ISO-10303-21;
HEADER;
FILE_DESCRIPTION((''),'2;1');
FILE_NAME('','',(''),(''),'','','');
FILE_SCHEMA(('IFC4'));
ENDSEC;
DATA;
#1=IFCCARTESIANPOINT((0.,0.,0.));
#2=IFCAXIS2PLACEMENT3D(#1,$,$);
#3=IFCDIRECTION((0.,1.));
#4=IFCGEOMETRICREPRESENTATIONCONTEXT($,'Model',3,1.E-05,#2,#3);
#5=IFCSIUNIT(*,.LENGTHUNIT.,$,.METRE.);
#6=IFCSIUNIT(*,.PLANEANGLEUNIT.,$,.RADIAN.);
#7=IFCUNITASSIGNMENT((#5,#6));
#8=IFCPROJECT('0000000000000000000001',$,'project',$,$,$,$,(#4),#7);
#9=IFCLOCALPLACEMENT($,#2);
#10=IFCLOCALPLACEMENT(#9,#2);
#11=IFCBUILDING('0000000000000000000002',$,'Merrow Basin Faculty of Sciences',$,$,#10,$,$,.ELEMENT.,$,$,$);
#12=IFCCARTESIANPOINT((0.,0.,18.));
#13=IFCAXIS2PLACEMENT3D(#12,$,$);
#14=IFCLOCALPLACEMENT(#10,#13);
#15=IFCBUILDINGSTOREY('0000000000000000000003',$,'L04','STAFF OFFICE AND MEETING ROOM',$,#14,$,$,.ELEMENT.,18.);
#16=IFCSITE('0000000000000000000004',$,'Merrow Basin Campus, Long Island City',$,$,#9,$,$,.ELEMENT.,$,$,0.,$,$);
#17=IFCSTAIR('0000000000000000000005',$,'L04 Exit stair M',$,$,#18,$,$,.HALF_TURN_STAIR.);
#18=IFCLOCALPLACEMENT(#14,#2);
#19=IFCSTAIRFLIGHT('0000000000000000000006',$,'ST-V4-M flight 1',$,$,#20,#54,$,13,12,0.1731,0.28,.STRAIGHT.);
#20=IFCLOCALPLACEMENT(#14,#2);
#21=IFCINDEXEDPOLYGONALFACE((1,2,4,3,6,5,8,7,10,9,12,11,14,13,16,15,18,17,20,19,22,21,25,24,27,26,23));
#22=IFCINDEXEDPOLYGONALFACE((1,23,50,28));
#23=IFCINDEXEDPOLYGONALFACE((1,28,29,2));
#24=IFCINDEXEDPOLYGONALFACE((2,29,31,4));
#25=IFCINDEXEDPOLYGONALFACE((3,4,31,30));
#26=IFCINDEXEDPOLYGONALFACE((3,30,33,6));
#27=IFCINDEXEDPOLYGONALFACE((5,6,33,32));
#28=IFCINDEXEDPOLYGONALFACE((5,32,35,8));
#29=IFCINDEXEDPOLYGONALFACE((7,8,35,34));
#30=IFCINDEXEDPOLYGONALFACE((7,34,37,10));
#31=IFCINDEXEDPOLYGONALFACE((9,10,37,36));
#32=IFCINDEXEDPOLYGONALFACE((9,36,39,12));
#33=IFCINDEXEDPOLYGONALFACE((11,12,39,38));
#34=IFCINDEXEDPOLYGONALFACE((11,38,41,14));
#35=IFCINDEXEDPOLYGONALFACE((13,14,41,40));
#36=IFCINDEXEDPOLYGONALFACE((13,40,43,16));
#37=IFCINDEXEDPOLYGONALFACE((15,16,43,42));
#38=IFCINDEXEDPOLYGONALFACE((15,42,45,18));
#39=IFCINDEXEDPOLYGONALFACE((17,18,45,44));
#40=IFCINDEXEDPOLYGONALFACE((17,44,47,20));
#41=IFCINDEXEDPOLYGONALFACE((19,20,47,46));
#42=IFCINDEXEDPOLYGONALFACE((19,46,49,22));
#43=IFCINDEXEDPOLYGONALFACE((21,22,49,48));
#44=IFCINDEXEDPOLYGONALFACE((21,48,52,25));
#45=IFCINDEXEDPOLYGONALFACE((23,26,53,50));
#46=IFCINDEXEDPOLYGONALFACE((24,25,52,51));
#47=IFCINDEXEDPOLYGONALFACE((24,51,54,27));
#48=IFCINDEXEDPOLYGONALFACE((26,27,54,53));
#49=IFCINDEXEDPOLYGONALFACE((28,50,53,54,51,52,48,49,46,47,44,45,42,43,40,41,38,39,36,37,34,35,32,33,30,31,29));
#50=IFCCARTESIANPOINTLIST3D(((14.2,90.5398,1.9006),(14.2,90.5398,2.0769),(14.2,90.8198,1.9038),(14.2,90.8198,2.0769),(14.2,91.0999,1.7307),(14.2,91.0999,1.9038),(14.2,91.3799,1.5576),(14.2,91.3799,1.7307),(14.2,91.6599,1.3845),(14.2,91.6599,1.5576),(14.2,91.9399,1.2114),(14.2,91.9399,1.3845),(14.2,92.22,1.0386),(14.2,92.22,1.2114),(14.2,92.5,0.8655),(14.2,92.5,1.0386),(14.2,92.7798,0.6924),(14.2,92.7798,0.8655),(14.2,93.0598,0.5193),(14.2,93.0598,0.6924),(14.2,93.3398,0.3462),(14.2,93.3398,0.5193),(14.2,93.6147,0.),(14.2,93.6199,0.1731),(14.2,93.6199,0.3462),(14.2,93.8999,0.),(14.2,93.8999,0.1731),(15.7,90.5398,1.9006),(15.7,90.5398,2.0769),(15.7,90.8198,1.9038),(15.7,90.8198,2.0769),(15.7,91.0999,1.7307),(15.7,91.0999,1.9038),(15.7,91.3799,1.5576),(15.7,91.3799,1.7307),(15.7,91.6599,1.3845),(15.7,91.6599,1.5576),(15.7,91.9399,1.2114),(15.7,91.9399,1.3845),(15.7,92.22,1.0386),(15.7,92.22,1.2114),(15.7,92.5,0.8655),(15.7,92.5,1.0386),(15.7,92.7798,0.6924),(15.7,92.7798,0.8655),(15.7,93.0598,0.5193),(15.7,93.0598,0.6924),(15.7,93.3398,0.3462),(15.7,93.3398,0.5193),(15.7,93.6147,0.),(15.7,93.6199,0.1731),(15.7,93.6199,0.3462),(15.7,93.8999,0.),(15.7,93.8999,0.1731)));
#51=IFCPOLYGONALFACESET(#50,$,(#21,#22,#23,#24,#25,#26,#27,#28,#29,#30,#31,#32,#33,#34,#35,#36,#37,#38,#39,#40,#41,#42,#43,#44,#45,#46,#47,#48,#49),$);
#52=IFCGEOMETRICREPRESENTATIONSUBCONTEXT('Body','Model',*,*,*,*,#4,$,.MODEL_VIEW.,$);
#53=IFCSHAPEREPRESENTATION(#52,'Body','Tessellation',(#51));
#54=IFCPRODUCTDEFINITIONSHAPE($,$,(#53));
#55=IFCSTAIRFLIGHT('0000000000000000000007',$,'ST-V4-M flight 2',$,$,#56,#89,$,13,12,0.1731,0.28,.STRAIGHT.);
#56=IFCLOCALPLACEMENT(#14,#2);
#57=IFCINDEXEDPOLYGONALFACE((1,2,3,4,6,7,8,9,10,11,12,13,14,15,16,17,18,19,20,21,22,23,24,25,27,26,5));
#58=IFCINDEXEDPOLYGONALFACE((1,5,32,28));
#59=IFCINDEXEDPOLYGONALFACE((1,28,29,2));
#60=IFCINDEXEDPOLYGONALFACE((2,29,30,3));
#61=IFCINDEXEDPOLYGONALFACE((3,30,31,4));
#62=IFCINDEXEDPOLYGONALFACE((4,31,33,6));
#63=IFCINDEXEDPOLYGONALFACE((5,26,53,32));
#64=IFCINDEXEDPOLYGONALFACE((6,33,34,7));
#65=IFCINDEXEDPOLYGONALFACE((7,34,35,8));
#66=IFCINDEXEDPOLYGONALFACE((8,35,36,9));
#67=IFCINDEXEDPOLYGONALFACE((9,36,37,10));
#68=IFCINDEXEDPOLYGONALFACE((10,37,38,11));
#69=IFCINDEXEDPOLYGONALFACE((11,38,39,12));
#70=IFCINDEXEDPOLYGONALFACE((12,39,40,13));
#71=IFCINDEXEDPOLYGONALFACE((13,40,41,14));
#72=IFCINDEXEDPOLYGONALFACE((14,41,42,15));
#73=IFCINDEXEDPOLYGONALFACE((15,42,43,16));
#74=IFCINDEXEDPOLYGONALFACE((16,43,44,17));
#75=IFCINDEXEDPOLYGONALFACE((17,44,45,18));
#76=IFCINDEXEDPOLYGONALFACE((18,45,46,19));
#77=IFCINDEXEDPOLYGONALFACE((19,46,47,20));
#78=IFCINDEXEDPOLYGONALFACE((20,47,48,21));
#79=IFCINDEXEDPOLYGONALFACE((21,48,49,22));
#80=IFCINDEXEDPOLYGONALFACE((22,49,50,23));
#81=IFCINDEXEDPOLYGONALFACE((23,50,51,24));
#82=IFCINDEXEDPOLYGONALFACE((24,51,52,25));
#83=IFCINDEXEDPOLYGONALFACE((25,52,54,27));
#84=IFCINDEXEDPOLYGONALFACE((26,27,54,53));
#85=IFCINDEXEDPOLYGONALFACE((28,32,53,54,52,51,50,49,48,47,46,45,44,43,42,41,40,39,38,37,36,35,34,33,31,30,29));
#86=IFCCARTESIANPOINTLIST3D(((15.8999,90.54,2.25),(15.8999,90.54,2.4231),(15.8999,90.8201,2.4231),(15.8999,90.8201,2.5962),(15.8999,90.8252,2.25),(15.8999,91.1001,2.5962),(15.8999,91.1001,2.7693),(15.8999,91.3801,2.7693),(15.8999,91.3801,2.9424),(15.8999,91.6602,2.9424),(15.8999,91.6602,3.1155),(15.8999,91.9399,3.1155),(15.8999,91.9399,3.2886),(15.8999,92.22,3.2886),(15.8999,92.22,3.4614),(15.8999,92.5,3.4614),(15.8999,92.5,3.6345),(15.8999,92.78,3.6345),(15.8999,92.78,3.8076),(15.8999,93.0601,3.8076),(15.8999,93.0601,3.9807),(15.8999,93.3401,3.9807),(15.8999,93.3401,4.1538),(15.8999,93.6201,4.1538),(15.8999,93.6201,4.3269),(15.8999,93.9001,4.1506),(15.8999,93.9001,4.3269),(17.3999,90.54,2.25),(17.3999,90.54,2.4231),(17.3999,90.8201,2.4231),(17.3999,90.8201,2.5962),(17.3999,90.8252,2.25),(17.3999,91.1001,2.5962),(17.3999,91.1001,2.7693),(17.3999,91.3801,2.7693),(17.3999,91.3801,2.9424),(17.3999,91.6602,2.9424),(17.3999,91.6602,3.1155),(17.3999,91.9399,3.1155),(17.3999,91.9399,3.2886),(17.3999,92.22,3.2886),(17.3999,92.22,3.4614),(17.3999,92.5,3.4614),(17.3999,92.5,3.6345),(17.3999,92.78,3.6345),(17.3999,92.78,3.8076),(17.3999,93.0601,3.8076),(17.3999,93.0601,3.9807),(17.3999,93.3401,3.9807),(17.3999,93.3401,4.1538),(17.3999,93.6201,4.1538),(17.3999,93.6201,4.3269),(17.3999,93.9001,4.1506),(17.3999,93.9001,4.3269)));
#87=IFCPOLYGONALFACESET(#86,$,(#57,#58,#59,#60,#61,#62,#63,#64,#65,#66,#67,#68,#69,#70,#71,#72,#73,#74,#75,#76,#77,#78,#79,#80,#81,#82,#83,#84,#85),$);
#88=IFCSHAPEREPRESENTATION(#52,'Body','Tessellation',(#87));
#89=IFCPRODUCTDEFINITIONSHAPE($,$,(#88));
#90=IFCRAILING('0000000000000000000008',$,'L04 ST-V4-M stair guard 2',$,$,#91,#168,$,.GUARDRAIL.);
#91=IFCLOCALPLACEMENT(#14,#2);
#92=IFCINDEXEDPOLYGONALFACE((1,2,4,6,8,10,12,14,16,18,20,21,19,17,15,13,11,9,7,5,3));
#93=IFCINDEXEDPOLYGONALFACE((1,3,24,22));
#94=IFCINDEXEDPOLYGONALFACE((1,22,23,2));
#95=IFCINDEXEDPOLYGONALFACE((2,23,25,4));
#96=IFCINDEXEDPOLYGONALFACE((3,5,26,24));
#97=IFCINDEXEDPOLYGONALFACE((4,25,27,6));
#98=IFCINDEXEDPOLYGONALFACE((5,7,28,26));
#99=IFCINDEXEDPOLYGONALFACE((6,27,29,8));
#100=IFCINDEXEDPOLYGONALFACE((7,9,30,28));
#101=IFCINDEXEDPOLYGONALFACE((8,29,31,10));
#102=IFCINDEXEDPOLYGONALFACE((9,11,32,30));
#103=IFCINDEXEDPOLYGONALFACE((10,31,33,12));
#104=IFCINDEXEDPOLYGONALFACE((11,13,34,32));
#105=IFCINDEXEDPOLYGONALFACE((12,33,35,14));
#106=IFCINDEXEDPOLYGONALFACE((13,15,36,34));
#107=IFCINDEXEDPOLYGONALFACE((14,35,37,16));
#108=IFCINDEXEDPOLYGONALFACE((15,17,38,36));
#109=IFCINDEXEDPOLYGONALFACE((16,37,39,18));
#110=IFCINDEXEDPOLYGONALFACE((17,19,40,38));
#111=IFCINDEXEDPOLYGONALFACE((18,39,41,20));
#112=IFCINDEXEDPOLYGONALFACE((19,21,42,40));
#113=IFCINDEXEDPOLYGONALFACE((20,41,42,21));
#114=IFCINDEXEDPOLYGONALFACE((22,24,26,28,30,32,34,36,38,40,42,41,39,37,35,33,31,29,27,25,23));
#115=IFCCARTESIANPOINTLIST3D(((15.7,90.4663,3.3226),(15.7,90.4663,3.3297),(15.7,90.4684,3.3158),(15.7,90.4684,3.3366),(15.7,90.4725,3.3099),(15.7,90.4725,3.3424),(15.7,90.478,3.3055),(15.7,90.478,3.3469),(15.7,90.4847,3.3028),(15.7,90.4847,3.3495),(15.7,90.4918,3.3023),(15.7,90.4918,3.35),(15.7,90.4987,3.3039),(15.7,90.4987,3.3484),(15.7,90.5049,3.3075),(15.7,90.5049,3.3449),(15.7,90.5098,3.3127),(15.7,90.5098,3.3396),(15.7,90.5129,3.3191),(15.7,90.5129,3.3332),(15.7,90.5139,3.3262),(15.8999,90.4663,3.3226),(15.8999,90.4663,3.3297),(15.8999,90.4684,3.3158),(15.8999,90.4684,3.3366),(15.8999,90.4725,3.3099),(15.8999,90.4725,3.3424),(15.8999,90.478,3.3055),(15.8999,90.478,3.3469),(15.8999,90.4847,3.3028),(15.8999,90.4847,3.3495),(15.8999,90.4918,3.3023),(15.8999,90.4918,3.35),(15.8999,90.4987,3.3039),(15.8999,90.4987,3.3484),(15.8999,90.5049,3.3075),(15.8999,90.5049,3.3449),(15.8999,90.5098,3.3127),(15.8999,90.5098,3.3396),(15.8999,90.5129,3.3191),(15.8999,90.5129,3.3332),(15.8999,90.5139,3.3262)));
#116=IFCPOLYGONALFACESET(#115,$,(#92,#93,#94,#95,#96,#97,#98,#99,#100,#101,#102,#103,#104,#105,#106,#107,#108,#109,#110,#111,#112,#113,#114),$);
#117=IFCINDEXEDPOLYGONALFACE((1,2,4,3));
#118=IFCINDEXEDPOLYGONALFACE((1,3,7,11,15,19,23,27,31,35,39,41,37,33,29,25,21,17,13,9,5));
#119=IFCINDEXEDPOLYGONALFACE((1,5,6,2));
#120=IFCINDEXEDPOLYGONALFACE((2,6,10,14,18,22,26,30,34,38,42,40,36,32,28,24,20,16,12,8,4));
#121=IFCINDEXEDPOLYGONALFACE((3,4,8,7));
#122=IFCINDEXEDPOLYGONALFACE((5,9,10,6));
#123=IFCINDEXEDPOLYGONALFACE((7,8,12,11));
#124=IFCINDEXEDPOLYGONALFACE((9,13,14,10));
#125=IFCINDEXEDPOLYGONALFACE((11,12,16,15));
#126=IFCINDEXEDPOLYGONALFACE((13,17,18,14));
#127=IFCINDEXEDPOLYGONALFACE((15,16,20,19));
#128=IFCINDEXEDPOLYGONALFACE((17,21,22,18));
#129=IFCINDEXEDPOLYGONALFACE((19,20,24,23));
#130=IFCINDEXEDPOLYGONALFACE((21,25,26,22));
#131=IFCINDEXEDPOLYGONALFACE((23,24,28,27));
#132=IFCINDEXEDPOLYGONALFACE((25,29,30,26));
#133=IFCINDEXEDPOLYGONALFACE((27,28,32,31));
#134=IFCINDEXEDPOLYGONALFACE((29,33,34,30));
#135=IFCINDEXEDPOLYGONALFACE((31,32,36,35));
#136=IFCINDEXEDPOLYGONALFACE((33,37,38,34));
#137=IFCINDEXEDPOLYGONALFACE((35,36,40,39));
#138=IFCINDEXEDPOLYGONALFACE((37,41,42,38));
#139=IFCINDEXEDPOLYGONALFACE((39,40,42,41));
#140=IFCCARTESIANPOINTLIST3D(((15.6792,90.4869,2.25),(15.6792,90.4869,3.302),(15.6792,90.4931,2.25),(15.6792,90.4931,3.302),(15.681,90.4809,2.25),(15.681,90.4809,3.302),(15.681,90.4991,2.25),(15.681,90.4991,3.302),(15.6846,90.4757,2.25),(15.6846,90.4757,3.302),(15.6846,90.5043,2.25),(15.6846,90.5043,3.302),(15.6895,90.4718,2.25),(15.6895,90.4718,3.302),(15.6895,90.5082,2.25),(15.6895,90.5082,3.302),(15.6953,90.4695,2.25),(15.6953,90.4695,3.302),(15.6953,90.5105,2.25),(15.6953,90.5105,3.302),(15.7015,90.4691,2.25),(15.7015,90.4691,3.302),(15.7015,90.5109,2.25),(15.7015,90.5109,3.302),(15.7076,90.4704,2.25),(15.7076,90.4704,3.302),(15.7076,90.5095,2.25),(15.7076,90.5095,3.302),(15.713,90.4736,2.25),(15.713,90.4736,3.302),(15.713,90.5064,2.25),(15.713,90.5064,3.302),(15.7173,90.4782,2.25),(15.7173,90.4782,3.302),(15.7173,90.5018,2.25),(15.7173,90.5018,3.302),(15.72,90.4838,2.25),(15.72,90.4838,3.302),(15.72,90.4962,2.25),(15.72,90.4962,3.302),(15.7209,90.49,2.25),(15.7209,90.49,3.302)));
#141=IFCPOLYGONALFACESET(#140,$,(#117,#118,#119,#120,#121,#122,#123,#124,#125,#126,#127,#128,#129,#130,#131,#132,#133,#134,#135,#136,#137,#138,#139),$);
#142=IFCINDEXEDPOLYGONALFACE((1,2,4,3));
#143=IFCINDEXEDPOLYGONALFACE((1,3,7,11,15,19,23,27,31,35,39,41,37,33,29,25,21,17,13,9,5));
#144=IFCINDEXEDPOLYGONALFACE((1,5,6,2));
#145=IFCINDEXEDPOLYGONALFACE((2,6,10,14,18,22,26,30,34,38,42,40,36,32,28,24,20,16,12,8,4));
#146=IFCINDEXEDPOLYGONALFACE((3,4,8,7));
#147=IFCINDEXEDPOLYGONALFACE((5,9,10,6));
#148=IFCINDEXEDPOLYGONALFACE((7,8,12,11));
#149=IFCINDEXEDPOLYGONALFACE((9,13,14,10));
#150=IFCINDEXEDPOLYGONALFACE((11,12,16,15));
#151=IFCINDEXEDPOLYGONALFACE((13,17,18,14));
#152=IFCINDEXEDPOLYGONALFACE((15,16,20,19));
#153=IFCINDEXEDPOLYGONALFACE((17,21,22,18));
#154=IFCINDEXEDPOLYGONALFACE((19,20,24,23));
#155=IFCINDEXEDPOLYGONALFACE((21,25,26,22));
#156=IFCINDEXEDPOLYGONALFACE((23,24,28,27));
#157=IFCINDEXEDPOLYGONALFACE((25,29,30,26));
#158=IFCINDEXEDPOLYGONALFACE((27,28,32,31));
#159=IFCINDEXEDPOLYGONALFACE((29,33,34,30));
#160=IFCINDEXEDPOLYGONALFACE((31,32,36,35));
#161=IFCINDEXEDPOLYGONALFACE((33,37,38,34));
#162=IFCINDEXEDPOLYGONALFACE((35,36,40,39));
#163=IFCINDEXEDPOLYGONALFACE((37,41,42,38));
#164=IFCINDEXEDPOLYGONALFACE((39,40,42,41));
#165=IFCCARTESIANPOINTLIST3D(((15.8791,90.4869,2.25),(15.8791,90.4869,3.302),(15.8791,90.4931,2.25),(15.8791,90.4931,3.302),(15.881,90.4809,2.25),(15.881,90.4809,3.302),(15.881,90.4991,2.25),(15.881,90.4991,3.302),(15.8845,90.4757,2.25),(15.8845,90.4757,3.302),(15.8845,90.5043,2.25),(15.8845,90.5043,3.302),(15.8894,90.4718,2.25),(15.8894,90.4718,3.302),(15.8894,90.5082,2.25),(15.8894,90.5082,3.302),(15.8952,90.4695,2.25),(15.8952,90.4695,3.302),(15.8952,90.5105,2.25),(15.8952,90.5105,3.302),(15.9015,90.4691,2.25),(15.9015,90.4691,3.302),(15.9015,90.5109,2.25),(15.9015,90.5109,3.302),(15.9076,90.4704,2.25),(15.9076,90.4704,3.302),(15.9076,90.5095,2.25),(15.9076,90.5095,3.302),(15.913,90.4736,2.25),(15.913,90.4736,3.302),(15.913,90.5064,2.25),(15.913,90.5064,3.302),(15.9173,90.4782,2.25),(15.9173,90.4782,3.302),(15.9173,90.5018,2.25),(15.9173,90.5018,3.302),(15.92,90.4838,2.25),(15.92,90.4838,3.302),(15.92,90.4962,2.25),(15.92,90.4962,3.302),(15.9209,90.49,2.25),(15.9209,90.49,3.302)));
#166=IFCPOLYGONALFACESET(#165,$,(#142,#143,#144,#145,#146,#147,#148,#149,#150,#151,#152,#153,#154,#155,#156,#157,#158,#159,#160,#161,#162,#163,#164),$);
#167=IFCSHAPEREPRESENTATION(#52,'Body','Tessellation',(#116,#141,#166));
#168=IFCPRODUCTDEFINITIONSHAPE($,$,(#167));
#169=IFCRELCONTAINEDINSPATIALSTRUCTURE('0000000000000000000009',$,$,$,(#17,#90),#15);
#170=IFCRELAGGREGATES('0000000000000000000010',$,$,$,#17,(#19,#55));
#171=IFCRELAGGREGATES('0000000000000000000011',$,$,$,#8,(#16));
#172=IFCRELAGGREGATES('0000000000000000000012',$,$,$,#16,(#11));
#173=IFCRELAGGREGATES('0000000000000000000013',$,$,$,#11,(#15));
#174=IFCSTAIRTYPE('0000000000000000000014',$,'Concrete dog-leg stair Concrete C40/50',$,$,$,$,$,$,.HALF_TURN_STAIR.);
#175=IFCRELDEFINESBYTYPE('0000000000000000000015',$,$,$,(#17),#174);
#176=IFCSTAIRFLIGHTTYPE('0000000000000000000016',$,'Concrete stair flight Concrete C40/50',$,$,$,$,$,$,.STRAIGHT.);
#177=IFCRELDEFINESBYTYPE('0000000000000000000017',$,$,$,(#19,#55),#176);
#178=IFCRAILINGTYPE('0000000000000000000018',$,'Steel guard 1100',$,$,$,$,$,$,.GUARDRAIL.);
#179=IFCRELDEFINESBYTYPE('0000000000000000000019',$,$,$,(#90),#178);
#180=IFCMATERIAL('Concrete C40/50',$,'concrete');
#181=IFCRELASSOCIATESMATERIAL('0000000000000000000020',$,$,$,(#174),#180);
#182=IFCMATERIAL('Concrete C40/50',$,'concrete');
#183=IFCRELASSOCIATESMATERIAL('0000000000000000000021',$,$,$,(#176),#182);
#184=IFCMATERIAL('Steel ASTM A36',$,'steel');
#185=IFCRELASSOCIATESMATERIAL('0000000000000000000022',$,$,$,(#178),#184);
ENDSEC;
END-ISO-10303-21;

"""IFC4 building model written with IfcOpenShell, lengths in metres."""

from ifc_helpers import new_model, si_unit, direction, frame, origin, origin_2d, place, context, subcontext, project, spatial, polyline, circle, outline, extrude, material, type_object, element, aggregate, save


model = new_model("IFC4")

# Units and contexts
model_context = context("Model", 3, precision=1e-05, world=origin(), true_north=direction((0.0, 1.0)))
body_context = subcontext(model_context, "Body", "Model", "MODEL_VIEW")
ifc_project = project(units=[si_unit("LENGTHUNIT", "METRE"), si_unit("PLANEANGLEUNIT", "RADIAN")], contexts=[model_context])

# Site, building, storey
site_placement = place(None, origin())
site = spatial("IfcSite", under=ifc_project, at=site_placement, Name="Merrow Basin Campus, Long Island City", CompositionType="ELEMENT", RefElevation=0.0)
building_placement = place(site_placement, origin())
building = spatial("IfcBuilding", under=site, at=building_placement, Name="Merrow Basin Faculty of Sciences", CompositionType="ELEMENT")
storey_placement = place(building_placement, frame((0.0, 0.0, 18.0)))
storey = spatial("IfcBuildingStorey", under=building, at=storey_placement, Name="L04", Description="STAFF OFFICE AND MEETING ROOM", CompositionType="ELEMENT", Elevation=18.0)

# Stair, stair flights
ifc_material_1 = material(Name="Concrete C40/50", Category="concrete")
stair_type = type_object("IfcStairType", Name="Concrete dog-leg stair Concrete C40/50", PredefinedType="HALF_TURN_STAIR", material=ifc_material_1)
stair_placement = place(storey_placement, origin())
stair = element("IfcStair", 1, at=stair_placement, inside=storey, type_object=stair_type, Name="L04 Exit stair M", PredefinedType="HALF_TURN_STAIR")
ifc_material_2 = material(Name="Concrete C40/50", Category="concrete")
stair_flight_type = type_object("IfcStairFlightType", Name="Concrete stair flight Concrete C40/50", PredefinedType="STRAIGHT", material=ifc_material_2)
stair_flight_1_placement = place(storey_placement, frame((14.95, 93.8999, 0.0), z_axis=(0.0, 0.0, 1.0), x_axis=(0.0, -1.0, 0.0)))
stair_flight_1 = element("IfcStairFlight", 2, at=stair_flight_1_placement, type_object=stair_flight_type, Name="ST-V4-M flight 1", NumberOfRisers=13, NumberOfTreads=12, PredefinedType="STRAIGHT", RiserHeight=0.1731, TreadLength=0.28, context=body_context, shape_type="SweptSolid", body=[
    extrude(outline(polyline([(0.0, 0.0), (0.0, 0.1731), (0.28, 0.1731), (0.28, 0.3462), (0.5601, 0.3462), (0.5601, 0.5193), (0.8401, 0.5193), (0.8401, 0.6924), (1.1201, 0.6924), (1.1201, 0.8655), (1.3999, 0.8655), (1.3999, 1.0386), (1.6799, 1.0386), (1.6799, 1.2114), (1.96, 1.2114), (1.96, 1.3845), (2.24, 1.3845), (2.24, 1.5576), (2.52, 1.5576), (2.52, 1.7307), (2.8, 1.7307), (2.8, 1.9038), (3.0801, 1.9038), (3.0801, 2.0769), (3.3601, 2.0769), (3.3601, 2.25), (3.3601, 1.9006), (0.2852, 0.0), (0.0, 0.0)])), frame((0.0, 0.75, 0.0), z_axis=(0.0, -1.0, 0.0), x_axis=(1.0, 0.0, 0.0)), (0.0, 0.0, 1.0), 1.5),
])
stair_flight_2_placement = place(storey_placement, frame((16.6499, 90.54, 2.25), z_axis=(0.0, 0.0, 1.0), x_axis=(0.0, 1.0, 0.0)))
stair_flight_2 = element("IfcStairFlight", 3, at=stair_flight_2_placement, type_object=stair_flight_type, Name="ST-V4-M flight 2", NumberOfRisers=13, NumberOfTreads=12, PredefinedType="STRAIGHT", RiserHeight=0.1731, TreadLength=0.28, context=body_context, shape_type="SweptSolid", body=[
    extrude(outline(polyline([(0.0, 0.0), (0.0, 0.1731), (0.28, 0.1731), (0.28, 0.3462), (0.5601, 0.3462), (0.5601, 0.5193), (0.8401, 0.5193), (0.8401, 0.6924), (1.1201, 0.6924), (1.1201, 0.8655), (1.3999, 0.8655), (1.3999, 1.0386), (1.6799, 1.0386), (1.6799, 1.2114), (1.96, 1.2114), (1.96, 1.3845), (2.24, 1.3845), (2.24, 1.5576), (2.52, 1.5576), (2.52, 1.7307), (2.8, 1.7307), (2.8, 1.9038), (3.0801, 1.9038), (3.0801, 2.0769), (3.3601, 2.0769), (3.3601, 2.25), (3.3601, 1.9006), (0.2852, 0.0), (0.0, 0.0)])), frame((0.0, 0.75, 0.0), z_axis=(0.0, -1.0, 0.0), x_axis=(1.0, 0.0, 0.0)), (0.0, 0.0, 1.0), 1.5),
])
aggregate(stair, [stair_flight_1, stair_flight_2])

# Railing
ifc_material_3 = material(Name="Steel ASTM A36", Category="steel")
railing_type_1 = type_object("IfcRailingType", Name="Steel guard 1100", PredefinedType="GUARDRAIL", material=ifc_material_3)
railing_1_placement = place(storey_placement, frame((15.7, 90.49, 2.25)))
element("IfcRailing", 4, at=railing_1_placement, inside=storey, type_object=railing_type_1, Name="L04 ST-V4-M stair guard 2", PredefinedType="GUARDRAIL", context=body_context, shape_type="SweptSolid", body=[
    extrude(circle(Radius=0.0239, at=origin_2d()), frame((0.0, 0.0, 1.0762), z_axis=(1.0, 0.0, 0.0), x_axis=(0.0, 1.0, 0.0)), (0.0, 0.0, 1.0), 0.2),
    extrude(circle(Radius=0.021, at=origin_2d()), origin(), (0.0, 0.0, 1.0), 1.052),
    extrude(circle(Radius=0.021, at=origin_2d()), frame((0.2, 0.0, 0.0)), (0.0, 0.0, 1.0), 1.052),
])

save(model, "model.ifc")
